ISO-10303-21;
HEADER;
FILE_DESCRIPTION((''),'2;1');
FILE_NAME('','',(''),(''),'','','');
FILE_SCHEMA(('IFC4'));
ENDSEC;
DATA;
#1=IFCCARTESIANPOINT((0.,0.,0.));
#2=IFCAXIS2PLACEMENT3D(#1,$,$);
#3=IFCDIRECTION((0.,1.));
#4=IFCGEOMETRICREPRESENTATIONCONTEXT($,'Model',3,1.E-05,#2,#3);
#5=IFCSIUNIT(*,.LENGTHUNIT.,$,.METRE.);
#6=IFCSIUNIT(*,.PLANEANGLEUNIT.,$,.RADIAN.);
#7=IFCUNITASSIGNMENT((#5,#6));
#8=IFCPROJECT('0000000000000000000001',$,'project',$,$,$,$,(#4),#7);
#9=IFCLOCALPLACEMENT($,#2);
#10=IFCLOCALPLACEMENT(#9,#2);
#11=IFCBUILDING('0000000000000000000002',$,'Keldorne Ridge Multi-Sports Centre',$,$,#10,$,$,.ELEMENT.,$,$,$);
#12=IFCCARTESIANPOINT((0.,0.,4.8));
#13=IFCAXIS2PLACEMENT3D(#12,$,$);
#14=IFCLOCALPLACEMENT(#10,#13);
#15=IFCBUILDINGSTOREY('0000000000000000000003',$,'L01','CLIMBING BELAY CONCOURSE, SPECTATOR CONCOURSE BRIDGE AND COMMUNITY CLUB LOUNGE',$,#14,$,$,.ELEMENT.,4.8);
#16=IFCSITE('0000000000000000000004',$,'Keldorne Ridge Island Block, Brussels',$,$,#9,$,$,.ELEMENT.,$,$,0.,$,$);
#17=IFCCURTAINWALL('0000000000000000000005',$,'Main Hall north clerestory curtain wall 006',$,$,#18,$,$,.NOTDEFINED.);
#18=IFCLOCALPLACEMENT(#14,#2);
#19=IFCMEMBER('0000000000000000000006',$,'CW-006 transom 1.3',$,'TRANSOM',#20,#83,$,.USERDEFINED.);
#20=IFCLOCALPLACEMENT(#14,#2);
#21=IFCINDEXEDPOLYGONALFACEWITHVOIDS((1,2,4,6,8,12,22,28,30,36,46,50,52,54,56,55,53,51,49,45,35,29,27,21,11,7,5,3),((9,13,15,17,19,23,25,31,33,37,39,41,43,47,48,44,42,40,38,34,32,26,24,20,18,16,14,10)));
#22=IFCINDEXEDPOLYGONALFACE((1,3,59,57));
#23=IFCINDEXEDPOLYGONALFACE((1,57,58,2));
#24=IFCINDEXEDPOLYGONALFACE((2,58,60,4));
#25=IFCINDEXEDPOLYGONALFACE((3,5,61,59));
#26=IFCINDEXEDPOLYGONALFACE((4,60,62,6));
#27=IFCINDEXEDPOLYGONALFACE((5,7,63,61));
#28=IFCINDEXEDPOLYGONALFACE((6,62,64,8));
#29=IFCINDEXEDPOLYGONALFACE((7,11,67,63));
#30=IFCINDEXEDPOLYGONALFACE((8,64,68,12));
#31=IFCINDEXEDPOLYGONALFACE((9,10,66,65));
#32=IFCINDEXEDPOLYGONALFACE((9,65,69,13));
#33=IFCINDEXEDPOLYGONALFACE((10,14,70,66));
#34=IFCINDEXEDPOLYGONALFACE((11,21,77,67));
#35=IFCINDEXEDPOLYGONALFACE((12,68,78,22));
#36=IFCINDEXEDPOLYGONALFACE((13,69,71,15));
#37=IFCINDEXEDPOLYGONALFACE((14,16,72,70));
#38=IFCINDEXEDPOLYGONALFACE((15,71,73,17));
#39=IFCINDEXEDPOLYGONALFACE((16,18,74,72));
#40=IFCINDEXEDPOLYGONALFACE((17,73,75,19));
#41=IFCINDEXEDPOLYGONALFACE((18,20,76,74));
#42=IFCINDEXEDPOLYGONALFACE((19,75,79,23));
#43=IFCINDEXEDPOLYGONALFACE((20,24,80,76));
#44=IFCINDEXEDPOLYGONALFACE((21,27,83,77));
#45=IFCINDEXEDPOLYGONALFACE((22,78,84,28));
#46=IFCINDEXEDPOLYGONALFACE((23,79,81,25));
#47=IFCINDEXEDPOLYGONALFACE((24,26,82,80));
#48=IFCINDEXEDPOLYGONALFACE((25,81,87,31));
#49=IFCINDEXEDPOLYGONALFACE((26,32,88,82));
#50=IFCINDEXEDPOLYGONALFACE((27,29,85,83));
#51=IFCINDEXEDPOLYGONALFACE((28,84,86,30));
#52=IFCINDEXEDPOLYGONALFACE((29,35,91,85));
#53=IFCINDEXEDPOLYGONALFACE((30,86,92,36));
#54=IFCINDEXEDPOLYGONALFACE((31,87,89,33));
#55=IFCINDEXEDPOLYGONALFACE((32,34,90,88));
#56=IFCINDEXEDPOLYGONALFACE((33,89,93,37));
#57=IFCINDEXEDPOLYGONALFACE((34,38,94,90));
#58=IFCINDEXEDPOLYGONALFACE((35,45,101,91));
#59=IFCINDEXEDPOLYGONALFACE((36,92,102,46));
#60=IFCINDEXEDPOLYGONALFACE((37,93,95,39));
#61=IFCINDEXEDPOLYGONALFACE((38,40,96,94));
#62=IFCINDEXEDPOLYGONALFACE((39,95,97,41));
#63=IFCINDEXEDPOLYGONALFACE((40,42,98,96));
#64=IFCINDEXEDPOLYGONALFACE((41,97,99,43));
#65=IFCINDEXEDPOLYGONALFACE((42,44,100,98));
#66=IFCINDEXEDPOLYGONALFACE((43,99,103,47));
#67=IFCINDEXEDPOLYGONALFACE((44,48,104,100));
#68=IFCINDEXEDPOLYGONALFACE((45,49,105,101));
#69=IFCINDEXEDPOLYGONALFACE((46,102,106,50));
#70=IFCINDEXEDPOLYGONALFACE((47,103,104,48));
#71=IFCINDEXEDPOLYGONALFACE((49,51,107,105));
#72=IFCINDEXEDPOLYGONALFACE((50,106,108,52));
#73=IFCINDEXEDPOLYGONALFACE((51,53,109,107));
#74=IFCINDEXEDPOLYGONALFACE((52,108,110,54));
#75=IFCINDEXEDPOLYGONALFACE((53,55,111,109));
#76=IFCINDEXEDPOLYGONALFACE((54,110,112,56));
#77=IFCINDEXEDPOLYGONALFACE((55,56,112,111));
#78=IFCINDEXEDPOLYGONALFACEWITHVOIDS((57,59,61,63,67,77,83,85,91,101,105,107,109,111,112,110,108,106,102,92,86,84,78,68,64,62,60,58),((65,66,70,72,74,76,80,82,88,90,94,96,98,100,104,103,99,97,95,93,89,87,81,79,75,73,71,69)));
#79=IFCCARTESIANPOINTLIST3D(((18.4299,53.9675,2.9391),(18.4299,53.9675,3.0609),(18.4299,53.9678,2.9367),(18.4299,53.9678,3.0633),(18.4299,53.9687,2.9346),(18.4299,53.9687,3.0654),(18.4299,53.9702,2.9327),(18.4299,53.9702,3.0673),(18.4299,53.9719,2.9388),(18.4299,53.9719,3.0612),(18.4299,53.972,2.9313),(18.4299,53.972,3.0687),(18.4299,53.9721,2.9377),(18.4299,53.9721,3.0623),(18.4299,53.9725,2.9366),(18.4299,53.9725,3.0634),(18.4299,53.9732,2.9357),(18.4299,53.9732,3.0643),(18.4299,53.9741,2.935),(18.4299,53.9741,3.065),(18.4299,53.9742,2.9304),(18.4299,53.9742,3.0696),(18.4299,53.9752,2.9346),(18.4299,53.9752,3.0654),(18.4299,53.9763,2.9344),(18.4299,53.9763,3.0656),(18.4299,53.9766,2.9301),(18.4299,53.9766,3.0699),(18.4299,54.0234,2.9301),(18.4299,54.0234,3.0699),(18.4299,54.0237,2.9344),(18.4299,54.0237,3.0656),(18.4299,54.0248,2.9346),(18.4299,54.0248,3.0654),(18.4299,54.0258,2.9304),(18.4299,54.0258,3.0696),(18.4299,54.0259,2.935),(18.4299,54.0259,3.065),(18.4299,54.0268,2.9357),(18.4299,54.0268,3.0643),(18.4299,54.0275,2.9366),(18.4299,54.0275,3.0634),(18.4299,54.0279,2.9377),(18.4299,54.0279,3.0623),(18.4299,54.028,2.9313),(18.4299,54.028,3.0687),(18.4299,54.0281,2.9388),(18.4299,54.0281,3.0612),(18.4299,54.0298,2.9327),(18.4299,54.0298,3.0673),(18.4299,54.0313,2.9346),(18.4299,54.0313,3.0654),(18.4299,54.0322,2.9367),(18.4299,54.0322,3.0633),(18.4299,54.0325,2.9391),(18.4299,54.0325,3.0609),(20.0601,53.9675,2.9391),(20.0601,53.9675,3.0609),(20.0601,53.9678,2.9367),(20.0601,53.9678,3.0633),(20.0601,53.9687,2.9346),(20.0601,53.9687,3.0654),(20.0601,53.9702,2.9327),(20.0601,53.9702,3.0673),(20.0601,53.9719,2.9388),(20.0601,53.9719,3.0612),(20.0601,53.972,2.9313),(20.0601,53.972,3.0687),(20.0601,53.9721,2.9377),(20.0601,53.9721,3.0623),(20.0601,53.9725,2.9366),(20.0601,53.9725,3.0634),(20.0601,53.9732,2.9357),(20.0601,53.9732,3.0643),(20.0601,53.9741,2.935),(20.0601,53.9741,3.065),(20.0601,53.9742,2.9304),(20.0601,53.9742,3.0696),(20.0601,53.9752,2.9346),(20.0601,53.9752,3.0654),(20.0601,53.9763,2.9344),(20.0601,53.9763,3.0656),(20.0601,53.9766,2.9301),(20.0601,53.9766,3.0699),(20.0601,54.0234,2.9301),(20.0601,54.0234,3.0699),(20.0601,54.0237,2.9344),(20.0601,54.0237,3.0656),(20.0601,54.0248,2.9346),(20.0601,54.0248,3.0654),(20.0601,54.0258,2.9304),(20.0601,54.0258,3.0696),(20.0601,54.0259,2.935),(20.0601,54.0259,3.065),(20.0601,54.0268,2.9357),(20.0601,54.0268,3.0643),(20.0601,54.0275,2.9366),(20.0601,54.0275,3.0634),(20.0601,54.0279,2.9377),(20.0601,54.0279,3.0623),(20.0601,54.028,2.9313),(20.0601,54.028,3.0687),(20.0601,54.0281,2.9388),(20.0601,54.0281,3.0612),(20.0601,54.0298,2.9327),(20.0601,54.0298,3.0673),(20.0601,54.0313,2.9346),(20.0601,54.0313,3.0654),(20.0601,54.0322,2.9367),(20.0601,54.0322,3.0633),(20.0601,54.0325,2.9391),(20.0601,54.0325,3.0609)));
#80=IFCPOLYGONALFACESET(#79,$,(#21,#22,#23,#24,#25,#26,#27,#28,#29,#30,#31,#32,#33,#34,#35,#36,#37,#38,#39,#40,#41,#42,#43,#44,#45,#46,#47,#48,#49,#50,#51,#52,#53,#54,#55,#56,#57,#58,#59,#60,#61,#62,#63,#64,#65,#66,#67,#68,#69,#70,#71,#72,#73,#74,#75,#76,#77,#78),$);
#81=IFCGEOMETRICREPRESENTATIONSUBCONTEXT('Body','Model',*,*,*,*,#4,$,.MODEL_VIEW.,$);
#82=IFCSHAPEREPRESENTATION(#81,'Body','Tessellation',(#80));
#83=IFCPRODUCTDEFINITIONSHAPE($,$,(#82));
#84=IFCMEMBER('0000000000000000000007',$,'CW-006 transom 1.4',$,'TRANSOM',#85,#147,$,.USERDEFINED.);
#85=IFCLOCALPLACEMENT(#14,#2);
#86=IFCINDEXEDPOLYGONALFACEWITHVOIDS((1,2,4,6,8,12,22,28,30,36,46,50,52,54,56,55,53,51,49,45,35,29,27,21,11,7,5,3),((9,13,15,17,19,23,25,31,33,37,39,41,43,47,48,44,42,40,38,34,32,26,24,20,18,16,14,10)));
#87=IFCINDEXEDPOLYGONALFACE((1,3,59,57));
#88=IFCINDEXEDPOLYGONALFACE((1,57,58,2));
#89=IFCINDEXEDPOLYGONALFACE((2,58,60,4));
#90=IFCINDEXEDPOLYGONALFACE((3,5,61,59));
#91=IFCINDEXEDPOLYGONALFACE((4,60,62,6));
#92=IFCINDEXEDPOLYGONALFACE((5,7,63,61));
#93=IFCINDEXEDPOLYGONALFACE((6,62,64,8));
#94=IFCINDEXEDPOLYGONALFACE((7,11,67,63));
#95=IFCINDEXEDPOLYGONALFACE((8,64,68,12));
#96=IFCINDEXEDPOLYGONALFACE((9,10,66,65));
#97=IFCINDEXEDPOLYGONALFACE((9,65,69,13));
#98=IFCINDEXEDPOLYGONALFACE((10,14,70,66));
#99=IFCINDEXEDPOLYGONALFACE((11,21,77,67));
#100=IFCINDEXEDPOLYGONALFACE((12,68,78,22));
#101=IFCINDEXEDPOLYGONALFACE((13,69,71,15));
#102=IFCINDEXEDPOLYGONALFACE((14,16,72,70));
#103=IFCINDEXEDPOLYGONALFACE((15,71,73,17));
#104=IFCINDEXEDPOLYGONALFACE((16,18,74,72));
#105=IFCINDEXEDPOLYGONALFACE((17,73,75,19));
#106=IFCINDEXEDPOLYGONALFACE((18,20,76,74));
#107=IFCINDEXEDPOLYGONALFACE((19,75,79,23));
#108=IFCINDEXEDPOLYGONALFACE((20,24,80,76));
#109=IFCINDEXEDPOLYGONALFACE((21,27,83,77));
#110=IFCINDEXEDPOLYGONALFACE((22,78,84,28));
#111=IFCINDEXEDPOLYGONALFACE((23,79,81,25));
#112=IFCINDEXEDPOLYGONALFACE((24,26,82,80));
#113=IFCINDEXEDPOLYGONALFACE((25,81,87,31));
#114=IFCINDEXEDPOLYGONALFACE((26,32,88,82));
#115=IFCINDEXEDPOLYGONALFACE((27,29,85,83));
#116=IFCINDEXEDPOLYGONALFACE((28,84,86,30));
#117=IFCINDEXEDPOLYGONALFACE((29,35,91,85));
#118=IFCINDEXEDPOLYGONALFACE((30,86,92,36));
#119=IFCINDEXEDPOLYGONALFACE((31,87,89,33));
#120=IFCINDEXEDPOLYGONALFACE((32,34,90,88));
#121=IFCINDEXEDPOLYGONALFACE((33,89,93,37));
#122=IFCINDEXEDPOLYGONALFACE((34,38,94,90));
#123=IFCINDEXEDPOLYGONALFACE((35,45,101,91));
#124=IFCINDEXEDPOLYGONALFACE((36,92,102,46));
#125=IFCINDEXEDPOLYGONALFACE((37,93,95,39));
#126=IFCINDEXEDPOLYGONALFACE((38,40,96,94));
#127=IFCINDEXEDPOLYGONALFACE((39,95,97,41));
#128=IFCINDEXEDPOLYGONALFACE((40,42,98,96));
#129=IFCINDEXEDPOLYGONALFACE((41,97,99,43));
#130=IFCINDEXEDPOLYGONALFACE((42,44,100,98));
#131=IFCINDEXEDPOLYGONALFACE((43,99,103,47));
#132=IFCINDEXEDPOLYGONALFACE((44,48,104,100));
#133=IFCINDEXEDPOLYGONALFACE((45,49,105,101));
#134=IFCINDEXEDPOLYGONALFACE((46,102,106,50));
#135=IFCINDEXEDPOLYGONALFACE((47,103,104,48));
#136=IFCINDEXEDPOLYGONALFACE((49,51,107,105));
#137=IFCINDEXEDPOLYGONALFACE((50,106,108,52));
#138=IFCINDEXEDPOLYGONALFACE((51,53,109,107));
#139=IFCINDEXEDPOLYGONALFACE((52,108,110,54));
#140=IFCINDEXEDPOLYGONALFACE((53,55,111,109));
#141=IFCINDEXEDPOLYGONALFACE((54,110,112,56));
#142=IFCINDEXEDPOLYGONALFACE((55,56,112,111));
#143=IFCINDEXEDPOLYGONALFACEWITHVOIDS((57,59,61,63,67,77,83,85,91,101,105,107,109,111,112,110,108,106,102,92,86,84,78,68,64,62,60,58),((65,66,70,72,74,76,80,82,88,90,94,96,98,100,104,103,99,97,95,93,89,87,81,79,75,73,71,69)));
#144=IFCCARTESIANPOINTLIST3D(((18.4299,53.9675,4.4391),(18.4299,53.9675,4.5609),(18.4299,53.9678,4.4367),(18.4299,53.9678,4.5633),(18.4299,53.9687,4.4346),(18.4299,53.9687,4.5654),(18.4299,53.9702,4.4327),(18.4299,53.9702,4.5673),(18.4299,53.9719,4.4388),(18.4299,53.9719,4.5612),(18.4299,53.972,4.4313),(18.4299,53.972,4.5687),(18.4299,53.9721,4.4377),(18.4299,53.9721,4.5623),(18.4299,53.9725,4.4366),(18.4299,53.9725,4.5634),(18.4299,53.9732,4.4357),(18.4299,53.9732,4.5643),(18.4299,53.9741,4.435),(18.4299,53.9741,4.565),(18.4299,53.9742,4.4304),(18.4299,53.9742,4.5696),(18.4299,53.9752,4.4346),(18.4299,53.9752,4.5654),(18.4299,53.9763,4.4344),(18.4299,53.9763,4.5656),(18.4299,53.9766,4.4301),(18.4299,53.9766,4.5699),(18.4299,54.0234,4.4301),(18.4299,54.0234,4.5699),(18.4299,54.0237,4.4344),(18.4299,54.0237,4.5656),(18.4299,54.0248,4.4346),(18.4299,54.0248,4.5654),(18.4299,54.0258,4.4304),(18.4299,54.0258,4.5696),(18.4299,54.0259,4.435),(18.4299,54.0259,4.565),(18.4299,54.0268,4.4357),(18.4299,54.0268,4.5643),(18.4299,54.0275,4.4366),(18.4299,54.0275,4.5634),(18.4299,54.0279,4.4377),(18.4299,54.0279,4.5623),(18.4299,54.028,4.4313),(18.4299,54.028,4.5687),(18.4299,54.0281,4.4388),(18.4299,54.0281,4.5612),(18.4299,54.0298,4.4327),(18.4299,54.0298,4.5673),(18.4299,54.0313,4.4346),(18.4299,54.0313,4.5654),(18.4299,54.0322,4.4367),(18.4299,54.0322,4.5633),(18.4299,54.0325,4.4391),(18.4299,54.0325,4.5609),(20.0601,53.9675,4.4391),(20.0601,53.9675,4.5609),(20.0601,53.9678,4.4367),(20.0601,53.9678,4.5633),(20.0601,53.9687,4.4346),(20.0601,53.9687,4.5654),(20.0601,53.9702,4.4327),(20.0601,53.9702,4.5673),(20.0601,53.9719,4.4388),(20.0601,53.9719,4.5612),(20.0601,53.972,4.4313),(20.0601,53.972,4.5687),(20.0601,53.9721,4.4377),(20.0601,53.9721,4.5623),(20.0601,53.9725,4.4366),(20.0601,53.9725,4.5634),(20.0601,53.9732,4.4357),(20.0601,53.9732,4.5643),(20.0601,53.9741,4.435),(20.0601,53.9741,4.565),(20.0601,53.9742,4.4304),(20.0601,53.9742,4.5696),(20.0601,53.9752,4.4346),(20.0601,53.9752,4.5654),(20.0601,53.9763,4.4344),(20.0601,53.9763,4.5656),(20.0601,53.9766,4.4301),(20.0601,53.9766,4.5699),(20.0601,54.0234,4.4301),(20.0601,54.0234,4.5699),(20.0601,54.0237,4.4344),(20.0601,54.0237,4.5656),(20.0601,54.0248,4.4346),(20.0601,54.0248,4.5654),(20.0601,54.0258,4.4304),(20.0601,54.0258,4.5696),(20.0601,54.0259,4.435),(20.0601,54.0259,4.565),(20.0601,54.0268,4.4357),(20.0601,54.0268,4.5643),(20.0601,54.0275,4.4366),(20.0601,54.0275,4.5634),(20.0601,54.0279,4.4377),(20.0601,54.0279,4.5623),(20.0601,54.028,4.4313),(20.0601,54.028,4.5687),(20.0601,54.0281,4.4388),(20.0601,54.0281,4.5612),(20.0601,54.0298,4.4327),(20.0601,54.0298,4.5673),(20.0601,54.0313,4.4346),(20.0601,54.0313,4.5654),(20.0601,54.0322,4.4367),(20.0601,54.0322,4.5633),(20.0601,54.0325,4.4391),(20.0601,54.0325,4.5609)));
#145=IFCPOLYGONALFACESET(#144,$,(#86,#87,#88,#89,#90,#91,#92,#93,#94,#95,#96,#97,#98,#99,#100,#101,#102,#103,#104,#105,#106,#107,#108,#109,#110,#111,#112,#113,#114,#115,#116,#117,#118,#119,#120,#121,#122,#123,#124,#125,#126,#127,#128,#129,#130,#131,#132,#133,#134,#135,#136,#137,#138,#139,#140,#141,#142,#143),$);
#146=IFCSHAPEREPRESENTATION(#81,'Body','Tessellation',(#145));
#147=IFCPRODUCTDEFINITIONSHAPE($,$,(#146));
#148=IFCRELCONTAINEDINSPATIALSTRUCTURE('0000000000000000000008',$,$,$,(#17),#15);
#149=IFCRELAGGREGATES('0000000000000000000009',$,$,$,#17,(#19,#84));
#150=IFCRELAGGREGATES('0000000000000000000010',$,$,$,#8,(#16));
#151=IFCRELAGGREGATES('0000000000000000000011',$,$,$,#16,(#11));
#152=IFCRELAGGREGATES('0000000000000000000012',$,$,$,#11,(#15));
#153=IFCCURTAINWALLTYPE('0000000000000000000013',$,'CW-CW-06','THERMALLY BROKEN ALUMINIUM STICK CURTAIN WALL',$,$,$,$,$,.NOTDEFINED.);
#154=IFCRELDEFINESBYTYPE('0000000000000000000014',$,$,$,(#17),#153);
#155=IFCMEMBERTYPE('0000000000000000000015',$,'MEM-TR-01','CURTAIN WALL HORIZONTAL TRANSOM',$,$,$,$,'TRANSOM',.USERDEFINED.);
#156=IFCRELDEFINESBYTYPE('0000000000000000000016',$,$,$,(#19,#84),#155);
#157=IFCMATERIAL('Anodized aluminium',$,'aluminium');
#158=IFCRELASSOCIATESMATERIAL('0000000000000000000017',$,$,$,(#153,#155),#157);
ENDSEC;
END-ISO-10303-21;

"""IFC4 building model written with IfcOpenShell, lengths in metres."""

from ifc_helpers import new_model, si_unit, direction, frame, origin, origin_2d, place, context, subcontext, project, spatial, hollow_rectangle, extrude, material, material_profile, profile_set, type_object, element, aggregate, save


model = new_model("IFC4")

# Units and contexts
model_context = context("Model", 3, precision=1e-05, world=origin(), true_north=direction((0.0, 1.0)))
body_context = subcontext(model_context, "Body", "Model", "MODEL_VIEW")
ifc_project = project(units=[si_unit("LENGTHUNIT", "METRE"), si_unit("PLANEANGLEUNIT", "RADIAN")], contexts=[model_context])

# Site, building, storey
site_placement = place(None, origin())
site = spatial("IfcSite", under=ifc_project, at=site_placement, Name="Keldorne Ridge Island Block, Brussels", CompositionType="ELEMENT", RefElevation=0.0)
building_placement = place(site_placement, origin())
building = spatial("IfcBuilding", under=site, at=building_placement, Name="Keldorne Ridge Multi-Sports Centre", CompositionType="ELEMENT")
storey_placement = place(building_placement, frame((0.0, 0.0, 4.8)))
storey = spatial("IfcBuildingStorey", under=building, at=storey_placement, Name="L01", Description="CLIMBING BELAY CONCOURSE, SPECTATOR CONCOURSE BRIDGE AND COMMUNITY CLUB LOUNGE", CompositionType="ELEMENT", Elevation=4.8)

# Curtain wall
ifc_material_1 = material(Name="Anodized aluminium", Category="aluminium")
curtain_wall_type_1 = type_object("IfcCurtainWallType", Name="CW-CW-06", Description="THERMALLY BROKEN ALUMINIUM STICK CURTAIN WALL", PredefinedType="NOTDEFINED", material=ifc_material_1)
curtain_wall_1_placement = place(storey_placement, origin())
curtain_wall_1 = element("IfcCurtainWall", 1, at=curtain_wall_1_placement, inside=storey, type_object=curtain_wall_type_1, Name="Main Hall north clerestory curtain wall 006", PredefinedType="NOTDEFINED")

# Members
ifc_material_profile_1 = material_profile(ifc_material_1, hollow_rectangle(XDim=0.0649, YDim=0.1399, WallThickness=0.0044, InnerFilletRadius=0.0044, OuterFilletRadius=0.009, at=origin_2d()), Name="ALU TRANSOM 140x65x4.5")
ifc_profile_set_1 = profile_set([ifc_material_profile_1], Name="Anodized aluminium")
member_type_1 = type_object("IfcMemberType", Name="MEM-TR-01", Description="CURTAIN WALL HORIZONTAL TRANSOM", ElementType="TRANSOM", PredefinedType="USERDEFINED", material=ifc_profile_set_1)
member_1_placement = place(storey_placement, frame((20.0601, 54.0, 3.0), z_axis=(-1.0, 0.0, 0.0), x_axis=(0.0, -1.0, 0.0)))
member_1 = element("IfcMember", 2, at=member_1_placement, type_object=member_type_1, Name="CW-006 transom 1.3", ObjectType="TRANSOM", PredefinedType="USERDEFINED", context=body_context, shape_type="SweptSolid", body=[
    extrude(hollow_rectangle(XDim=0.0649, YDim=0.1399, WallThickness=0.0044, InnerFilletRadius=0.0044, OuterFilletRadius=0.009, at=origin_2d()), origin(), (0.0, 0.0, 1.0), 1.6301),
])
member_2_placement = place(storey_placement, frame((20.0601, 54.0, 4.5), z_axis=(-1.0, 0.0, 0.0), x_axis=(0.0, -1.0, 0.0)))
member_2 = element("IfcMember", 3, at=member_2_placement, type_object=member_type_1, Name="CW-006 transom 1.4", ObjectType="TRANSOM", PredefinedType="USERDEFINED", context=body_context, shape_type="SweptSolid", body=[
    extrude(hollow_rectangle(XDim=0.0649, YDim=0.1399, WallThickness=0.0044, InnerFilletRadius=0.0044, OuterFilletRadius=0.009, at=origin_2d()), origin(), (0.0, 0.0, 1.0), 1.6301),
])

aggregate(curtain_wall_1, [member_1, member_2])

save(model, "model.ifc")
